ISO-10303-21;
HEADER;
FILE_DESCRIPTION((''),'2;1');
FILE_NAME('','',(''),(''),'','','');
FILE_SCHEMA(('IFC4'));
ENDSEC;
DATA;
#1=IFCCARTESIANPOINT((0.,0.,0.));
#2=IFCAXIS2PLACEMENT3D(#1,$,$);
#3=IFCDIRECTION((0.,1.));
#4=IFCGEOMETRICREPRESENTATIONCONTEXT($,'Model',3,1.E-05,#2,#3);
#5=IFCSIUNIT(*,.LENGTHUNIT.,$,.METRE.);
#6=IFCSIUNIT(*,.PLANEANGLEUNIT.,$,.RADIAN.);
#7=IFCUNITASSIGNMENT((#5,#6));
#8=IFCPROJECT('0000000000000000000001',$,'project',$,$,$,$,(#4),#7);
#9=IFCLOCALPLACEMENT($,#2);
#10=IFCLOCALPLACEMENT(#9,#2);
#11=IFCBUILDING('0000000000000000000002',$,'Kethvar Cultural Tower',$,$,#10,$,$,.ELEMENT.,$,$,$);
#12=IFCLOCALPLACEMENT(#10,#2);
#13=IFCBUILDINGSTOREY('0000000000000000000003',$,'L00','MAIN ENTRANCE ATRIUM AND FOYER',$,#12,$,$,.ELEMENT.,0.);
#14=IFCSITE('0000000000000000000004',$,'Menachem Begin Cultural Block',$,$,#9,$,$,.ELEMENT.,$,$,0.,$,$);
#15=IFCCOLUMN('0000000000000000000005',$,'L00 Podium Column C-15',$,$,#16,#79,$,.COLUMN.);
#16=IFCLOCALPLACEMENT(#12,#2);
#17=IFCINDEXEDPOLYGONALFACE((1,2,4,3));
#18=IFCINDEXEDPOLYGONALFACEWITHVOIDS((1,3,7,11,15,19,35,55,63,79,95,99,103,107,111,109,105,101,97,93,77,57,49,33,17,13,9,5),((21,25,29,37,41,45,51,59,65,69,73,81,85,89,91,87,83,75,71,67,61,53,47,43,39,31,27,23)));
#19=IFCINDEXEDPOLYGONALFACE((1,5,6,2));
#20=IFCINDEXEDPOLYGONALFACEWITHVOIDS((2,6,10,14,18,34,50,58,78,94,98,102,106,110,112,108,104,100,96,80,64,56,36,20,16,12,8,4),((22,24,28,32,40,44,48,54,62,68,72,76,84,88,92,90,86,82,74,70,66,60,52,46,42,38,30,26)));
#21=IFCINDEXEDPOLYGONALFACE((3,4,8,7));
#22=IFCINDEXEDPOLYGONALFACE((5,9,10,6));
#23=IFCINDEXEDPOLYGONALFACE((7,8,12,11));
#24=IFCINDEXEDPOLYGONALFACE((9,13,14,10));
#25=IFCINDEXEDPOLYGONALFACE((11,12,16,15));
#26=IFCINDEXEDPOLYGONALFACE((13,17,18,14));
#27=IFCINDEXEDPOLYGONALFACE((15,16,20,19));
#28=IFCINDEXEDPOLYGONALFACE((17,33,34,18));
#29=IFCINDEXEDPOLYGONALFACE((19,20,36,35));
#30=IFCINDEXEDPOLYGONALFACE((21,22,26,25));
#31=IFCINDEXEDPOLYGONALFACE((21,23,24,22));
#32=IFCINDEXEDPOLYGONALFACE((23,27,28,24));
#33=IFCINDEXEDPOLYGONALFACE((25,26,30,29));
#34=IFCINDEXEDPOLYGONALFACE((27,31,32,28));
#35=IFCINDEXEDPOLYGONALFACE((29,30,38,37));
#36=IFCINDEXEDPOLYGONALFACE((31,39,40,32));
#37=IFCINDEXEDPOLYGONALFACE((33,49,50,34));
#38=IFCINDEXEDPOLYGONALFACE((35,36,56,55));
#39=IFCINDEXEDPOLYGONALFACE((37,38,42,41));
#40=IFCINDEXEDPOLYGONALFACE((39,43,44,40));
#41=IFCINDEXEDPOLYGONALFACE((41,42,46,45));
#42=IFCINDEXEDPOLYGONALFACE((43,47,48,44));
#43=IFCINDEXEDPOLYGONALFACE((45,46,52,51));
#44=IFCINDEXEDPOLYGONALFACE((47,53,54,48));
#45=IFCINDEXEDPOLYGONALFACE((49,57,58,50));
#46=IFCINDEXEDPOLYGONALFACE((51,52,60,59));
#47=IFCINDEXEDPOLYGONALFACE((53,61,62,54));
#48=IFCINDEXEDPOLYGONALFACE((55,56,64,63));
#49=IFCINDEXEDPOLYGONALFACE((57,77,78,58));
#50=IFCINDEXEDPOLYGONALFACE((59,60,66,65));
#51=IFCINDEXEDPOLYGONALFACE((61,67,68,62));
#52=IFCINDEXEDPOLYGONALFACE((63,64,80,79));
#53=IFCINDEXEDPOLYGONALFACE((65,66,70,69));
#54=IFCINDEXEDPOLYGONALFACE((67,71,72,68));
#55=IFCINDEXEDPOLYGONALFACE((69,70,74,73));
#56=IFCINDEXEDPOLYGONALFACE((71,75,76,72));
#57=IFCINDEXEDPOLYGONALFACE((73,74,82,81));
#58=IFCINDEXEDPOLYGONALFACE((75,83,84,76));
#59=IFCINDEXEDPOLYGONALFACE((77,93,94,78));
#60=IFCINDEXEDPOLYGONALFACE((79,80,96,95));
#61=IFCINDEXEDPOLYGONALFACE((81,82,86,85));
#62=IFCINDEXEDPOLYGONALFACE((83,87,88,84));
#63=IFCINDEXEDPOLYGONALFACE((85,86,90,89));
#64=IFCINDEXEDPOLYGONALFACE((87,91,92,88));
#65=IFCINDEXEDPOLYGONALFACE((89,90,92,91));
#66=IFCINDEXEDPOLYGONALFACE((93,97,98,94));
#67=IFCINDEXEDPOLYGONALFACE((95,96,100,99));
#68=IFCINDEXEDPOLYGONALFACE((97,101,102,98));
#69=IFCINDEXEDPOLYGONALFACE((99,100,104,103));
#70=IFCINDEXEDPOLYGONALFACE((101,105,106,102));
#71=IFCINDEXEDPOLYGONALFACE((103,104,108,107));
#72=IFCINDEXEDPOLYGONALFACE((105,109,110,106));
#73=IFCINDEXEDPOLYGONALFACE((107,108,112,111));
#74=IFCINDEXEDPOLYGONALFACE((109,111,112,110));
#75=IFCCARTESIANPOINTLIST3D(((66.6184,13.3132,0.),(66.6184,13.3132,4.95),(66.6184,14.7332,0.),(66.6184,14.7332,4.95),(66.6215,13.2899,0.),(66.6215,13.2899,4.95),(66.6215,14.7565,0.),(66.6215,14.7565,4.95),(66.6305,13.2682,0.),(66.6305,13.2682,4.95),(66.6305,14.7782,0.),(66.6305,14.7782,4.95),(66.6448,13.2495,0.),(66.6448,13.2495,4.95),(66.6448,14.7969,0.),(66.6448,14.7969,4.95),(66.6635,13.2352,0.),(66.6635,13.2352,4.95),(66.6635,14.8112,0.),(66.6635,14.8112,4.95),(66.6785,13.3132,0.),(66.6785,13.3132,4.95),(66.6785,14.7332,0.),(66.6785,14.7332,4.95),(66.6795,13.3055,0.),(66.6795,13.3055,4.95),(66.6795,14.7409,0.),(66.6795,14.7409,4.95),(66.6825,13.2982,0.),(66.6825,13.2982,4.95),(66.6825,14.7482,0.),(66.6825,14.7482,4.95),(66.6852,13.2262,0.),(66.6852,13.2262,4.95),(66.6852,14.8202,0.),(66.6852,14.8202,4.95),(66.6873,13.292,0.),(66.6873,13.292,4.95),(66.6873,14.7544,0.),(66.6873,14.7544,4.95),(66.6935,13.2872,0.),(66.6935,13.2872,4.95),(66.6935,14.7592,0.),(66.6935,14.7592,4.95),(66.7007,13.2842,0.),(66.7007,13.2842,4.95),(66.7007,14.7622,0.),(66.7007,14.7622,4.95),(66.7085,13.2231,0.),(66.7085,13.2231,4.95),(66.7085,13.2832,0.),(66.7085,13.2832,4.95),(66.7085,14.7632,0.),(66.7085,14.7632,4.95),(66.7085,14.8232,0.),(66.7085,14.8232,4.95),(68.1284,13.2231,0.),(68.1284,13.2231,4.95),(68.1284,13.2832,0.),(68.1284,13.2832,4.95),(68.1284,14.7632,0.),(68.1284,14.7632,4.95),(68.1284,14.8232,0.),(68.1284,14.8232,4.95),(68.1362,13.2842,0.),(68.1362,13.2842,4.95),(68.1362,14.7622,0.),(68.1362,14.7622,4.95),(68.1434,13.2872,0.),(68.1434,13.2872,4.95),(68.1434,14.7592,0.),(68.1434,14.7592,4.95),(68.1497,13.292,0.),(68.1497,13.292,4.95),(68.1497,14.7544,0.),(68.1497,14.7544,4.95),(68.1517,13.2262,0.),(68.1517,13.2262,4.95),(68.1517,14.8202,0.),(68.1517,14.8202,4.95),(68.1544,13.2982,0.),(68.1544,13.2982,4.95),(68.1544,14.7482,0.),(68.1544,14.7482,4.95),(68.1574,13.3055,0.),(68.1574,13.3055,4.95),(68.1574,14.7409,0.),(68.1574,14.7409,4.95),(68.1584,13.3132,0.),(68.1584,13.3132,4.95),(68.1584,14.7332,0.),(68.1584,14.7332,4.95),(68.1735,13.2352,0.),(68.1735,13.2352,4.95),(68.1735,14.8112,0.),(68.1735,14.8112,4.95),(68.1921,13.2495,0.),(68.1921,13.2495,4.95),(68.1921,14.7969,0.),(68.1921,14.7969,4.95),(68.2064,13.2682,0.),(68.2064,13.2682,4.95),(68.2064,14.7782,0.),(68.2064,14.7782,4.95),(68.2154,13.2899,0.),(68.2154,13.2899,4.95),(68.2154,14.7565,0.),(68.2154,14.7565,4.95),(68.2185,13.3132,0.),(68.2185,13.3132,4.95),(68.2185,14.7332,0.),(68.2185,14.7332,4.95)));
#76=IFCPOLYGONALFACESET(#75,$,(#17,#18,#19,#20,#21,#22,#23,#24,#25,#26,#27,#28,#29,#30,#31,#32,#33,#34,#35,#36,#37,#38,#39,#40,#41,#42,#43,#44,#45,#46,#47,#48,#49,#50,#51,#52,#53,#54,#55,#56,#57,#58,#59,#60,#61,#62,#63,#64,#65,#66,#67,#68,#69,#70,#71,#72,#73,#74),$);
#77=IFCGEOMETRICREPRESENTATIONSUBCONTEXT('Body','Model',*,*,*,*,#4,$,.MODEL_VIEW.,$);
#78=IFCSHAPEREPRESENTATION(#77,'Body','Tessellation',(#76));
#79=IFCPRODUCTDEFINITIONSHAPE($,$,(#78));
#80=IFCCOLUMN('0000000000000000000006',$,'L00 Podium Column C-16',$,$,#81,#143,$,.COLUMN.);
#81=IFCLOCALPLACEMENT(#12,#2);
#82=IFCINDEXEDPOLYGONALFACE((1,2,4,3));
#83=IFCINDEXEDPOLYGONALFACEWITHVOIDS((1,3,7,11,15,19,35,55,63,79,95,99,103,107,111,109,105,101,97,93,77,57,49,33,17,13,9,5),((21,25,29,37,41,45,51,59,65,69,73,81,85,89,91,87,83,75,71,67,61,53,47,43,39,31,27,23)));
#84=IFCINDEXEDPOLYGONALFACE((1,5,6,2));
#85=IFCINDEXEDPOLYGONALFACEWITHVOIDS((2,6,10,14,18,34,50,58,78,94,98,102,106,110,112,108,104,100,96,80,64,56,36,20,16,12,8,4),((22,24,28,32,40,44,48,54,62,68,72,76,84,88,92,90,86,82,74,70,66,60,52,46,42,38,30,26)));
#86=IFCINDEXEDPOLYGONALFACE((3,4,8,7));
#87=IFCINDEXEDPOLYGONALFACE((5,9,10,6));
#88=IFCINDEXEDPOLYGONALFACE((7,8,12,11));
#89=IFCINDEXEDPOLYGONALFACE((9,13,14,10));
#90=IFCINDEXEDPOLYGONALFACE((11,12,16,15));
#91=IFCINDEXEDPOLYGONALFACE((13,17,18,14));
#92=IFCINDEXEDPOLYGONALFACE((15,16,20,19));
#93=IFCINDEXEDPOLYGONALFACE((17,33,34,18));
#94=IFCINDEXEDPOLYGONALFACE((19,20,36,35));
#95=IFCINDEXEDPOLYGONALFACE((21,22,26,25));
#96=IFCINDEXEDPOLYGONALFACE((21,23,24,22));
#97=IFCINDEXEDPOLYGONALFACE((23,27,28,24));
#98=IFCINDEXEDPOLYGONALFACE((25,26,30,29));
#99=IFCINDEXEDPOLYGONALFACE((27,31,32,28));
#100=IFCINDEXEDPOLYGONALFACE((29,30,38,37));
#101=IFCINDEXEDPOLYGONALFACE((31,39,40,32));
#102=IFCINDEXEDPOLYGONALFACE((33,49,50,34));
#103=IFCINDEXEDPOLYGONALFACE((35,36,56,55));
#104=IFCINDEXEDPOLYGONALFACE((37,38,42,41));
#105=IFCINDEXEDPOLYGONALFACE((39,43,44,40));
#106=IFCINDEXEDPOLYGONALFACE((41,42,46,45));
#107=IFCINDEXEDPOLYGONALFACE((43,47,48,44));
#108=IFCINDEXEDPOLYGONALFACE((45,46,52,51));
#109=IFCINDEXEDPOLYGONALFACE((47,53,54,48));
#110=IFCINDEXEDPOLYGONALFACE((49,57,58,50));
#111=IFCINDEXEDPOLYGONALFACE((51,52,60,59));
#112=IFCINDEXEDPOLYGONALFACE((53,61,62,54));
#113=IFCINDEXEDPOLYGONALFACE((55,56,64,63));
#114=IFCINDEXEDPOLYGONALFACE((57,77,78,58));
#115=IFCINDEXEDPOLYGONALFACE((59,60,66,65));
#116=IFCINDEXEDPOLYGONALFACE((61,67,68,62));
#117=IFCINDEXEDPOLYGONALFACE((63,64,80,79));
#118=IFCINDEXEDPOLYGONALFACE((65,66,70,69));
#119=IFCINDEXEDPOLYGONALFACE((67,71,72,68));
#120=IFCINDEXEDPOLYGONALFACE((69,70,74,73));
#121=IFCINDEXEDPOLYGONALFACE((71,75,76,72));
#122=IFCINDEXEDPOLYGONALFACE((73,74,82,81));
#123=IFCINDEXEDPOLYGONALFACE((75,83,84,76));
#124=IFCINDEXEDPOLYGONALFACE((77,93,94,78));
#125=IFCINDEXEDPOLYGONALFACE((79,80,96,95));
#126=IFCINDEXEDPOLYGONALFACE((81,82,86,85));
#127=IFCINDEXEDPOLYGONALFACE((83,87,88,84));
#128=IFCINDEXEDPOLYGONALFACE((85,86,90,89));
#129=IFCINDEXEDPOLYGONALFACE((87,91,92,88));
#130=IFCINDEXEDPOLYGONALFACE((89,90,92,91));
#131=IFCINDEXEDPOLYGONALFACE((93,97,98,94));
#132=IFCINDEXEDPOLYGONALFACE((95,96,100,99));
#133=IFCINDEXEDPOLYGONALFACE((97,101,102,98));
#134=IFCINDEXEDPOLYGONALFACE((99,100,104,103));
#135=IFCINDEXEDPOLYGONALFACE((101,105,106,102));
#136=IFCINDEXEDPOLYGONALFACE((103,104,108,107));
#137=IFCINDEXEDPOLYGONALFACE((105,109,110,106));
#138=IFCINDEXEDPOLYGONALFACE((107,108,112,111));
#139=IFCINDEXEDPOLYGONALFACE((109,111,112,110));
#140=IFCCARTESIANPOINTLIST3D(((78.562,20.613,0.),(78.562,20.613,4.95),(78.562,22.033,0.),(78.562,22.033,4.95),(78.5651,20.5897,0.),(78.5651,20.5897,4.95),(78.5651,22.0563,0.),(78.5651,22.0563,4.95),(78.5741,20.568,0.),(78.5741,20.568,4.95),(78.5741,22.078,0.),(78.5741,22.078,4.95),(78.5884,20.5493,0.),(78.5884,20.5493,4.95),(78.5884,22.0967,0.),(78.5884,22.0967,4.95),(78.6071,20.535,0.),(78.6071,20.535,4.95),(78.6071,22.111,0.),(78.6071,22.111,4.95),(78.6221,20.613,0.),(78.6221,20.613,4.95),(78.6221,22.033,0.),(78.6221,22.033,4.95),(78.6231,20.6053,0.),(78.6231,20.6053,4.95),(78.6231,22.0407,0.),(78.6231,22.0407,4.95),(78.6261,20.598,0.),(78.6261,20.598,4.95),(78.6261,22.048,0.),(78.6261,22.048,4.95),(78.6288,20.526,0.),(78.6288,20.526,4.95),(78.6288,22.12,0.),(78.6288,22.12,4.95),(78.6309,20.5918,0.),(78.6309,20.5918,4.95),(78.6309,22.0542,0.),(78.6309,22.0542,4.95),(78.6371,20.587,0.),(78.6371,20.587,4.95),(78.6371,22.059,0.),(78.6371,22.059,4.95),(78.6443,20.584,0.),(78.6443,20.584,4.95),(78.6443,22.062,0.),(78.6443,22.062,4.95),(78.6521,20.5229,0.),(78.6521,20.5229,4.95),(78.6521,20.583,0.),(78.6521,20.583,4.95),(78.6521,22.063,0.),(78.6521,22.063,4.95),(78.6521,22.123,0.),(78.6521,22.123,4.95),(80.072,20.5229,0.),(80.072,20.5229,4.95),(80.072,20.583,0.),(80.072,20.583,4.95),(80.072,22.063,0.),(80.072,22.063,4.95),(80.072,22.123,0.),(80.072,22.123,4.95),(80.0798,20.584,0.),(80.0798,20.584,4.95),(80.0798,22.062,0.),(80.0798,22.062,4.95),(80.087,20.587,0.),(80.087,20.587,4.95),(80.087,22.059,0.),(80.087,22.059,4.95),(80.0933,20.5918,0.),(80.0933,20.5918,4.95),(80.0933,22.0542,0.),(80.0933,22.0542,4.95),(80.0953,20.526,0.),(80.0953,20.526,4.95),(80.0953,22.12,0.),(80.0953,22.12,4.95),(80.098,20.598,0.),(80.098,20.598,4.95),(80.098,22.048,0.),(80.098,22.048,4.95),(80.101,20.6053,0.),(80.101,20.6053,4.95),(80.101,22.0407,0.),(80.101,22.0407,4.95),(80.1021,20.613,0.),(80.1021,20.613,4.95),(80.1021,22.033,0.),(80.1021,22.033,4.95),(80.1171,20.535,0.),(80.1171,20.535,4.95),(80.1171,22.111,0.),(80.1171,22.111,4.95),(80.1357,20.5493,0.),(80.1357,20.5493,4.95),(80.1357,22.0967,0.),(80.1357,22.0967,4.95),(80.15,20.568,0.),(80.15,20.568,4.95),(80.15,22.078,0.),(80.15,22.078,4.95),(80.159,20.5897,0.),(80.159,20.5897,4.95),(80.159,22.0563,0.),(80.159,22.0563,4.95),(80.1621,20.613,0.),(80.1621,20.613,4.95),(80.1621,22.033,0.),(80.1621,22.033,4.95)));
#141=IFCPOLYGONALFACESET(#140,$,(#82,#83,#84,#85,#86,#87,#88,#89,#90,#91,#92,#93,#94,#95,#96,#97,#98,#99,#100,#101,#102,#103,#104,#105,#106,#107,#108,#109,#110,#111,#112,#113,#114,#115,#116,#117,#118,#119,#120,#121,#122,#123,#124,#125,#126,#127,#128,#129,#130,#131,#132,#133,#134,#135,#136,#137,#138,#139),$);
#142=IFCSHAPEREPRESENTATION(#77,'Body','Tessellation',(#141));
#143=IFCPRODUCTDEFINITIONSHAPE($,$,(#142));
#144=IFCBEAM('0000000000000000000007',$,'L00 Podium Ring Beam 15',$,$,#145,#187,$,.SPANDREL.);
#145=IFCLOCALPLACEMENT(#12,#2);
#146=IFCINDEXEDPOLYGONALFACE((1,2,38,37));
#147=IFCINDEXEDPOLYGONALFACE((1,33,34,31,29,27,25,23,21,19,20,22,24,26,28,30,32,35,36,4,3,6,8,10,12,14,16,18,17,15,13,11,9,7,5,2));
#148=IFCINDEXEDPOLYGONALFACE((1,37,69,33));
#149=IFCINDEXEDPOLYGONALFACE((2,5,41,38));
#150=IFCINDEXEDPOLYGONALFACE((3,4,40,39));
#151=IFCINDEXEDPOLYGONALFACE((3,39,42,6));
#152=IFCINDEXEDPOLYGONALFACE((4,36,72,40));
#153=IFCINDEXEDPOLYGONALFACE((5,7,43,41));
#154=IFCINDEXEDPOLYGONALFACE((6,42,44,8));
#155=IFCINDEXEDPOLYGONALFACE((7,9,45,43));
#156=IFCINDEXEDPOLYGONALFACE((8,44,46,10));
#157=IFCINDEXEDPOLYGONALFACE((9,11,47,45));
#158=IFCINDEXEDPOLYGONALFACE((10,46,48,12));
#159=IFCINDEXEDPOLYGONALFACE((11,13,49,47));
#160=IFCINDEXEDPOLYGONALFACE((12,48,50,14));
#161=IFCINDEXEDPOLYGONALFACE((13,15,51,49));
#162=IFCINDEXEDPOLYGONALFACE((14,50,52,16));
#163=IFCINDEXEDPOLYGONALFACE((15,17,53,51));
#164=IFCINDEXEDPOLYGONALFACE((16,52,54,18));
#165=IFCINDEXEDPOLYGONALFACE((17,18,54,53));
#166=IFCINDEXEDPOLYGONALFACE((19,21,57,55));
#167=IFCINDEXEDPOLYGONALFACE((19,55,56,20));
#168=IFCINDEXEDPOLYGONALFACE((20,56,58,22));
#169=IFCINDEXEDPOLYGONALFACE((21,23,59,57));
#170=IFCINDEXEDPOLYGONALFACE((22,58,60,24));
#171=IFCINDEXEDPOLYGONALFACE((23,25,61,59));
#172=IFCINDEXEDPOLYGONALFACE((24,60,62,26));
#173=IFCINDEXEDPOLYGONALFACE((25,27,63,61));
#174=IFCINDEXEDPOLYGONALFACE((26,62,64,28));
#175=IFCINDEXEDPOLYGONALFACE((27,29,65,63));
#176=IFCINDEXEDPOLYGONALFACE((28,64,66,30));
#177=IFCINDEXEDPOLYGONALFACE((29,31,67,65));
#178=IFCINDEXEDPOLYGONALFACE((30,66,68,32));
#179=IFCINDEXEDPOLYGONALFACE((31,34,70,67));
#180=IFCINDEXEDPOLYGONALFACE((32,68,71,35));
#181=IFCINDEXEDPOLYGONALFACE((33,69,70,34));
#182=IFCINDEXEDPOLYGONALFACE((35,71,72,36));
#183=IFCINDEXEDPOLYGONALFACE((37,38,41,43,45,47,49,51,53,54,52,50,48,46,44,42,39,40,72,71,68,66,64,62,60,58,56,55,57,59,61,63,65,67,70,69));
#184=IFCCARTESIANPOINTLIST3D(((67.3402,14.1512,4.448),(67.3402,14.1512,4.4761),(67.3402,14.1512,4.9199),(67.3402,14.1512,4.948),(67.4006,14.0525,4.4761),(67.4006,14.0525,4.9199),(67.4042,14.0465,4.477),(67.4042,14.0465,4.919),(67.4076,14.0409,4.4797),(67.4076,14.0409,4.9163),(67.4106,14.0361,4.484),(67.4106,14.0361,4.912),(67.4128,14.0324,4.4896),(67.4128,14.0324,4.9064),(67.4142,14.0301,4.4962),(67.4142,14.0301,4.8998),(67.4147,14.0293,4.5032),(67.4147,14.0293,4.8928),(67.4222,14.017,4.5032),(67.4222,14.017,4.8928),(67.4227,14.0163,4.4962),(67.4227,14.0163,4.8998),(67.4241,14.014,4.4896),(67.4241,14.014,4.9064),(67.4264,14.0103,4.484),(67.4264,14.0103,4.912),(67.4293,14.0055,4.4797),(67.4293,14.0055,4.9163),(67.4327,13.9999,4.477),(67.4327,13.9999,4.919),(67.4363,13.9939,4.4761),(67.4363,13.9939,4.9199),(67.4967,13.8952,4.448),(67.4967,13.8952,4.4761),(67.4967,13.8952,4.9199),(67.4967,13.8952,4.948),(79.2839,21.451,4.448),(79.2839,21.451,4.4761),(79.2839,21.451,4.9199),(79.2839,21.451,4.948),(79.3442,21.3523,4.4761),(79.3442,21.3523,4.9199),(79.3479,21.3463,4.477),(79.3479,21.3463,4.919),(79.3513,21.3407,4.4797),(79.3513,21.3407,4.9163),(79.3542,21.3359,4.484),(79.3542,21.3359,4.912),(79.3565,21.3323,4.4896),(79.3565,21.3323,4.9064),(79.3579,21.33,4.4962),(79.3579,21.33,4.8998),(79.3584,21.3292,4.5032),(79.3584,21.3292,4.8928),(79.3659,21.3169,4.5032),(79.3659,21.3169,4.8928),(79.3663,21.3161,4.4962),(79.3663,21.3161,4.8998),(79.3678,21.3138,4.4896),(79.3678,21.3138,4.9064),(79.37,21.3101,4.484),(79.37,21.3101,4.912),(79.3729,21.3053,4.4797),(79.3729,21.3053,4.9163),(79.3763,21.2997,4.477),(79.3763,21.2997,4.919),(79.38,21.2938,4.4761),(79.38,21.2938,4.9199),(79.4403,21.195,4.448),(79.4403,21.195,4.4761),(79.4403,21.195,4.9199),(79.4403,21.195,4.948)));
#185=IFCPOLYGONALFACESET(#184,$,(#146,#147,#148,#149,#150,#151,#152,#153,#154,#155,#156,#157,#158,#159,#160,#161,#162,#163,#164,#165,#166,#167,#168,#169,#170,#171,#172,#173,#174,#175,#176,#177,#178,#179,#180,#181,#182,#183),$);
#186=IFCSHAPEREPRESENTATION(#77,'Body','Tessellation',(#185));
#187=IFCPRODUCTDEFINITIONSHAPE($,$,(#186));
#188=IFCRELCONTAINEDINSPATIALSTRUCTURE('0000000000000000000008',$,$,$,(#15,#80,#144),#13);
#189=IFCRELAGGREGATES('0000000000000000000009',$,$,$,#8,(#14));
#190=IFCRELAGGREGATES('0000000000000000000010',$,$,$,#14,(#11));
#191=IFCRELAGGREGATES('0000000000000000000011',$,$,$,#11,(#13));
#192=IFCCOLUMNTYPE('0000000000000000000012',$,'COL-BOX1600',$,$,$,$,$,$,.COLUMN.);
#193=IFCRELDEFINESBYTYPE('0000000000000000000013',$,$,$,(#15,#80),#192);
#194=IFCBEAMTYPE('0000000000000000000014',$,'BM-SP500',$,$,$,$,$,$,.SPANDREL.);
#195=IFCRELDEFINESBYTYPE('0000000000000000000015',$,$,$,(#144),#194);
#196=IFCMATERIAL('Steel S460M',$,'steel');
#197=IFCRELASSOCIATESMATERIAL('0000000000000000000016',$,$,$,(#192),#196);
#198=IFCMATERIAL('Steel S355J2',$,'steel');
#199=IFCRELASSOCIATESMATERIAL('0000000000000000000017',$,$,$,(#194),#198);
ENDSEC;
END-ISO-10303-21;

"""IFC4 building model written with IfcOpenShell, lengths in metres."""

from ifc_helpers import new_model, si_unit, direction, frame, origin, origin_2d, place, context, subcontext, project, spatial, hollow_rectangle, i_section, extrude, source, transform, mapped, material, material_profile, profile_set, type_object, element, save


model = new_model("IFC4")

# Units and contexts
model_context = context("Model", 3, precision=1e-05, world=origin(), true_north=direction((0.0, 1.0)))
body_context = subcontext(model_context, "Body", "Model", "MODEL_VIEW")
ifc_project = project(units=[si_unit("LENGTHUNIT", "METRE"), si_unit("PLANEANGLEUNIT", "RADIAN")], contexts=[model_context])

# Site, building, storey
site_placement = place(None, origin())
site = spatial("IfcSite", under=ifc_project, at=site_placement, Name="Menachem Begin Cultural Block", CompositionType="ELEMENT", RefElevation=0.0)
building_placement = place(site_placement, origin())
building = spatial("IfcBuilding", under=site, at=building_placement, Name="Kethvar Cultural Tower", CompositionType="ELEMENT")
storey_placement = place(building_placement, origin())
storey = spatial("IfcBuildingStorey", under=building, at=storey_placement, Name="L00", Description="MAIN ENTRANCE ATRIUM AND FOYER", CompositionType="ELEMENT", Elevation=0.0)

# Columns
ifc_material_1 = material(Name="Steel S460M", Category="steel")
ifc_material_profile_1 = material_profile(ifc_material_1, hollow_rectangle(XDim=1.6001, YDim=1.6001, WallThickness=0.0601, InnerFilletRadius=0.03, OuterFilletRadius=0.0901, at=origin_2d()), Name="Steel S460M — BOX1600x1600x60")
ifc_profile_set_1 = profile_set([ifc_material_profile_1], Name="Steel S460M — BOX1600x1600x60")
column_type = type_object("IfcColumnType", Name="COL-BOX1600", PredefinedType="COLUMN", material=ifc_profile_set_1)
shared_shape_1 = source(origin(), body_context, "Body", "SweptSolid", [
    extrude(hollow_rectangle(XDim=1.6001, YDim=1.6001, WallThickness=0.0601, InnerFilletRadius=0.03, OuterFilletRadius=0.0901, at=origin_2d()), origin(), (0.0, 0.0, 1.0), 4.95),
])
for number, where, z_axis, x_axis, name in (
    (1, (67.4185, 14.0232, 0.0), (0.0, 0.0, 1.0), (1.0, 0.0, 0.0), "L00 Podium Column C-15"),
    (2, (79.3621, 21.323, 0.0), (0.0, 0.0, 1.0), (1.0, 0.0, 0.0), "L00 Podium Column C-16"),
):
    element("IfcColumn", number, at=place(storey_placement, frame(where, z_axis=z_axis, x_axis=x_axis)), inside=storey, type_object=column_type, Name=name, PredefinedType="COLUMN", context=body_context, shape_type="MappedRepresentation", body=[
        mapped(shared_shape_1, transform((0.0, 0.0, 0.0), scale=1.0)),
    ])

# Beam
ifc_material_2 = material(Name="Steel S355J2", Category="steel")
ifc_material_profile_2 = material_profile(ifc_material_2, i_section(OverallWidth=0.3, OverallDepth=0.5, WebThickness=0.0144, FlangeThickness=0.0281, FilletRadius=0.0271, at=origin_2d()), Name="Steel S355J2 — HEB500")
ifc_profile_set_2 = profile_set([ifc_material_profile_2], Name="Steel S355J2 — HEB500")
beam_type = type_object("IfcBeamType", Name="BM-SP500", PredefinedType="SPANDREL", material=ifc_profile_set_2)
shared_shape_2 = source(origin(), body_context, "Body", "SweptSolid", [
    extrude(i_section(OverallWidth=0.3, OverallDepth=0.5, WebThickness=0.0144, FlangeThickness=0.0281, FilletRadius=0.0271, at=origin_2d()), origin(), (0.0, 0.0, 1.0), 13.9978),
])
beam_1_placement = place(storey_placement, frame((67.4185, 14.0232, 4.698), z_axis=(0.853252, 0.521499, 0.0), x_axis=(-0.521499, 0.853252, 0.0)))
element("IfcBeam", 3, at=beam_1_placement, inside=storey, type_object=beam_type, Name="L00 Podium Ring Beam 15", PredefinedType="SPANDREL", context=body_context, shape_type="MappedRepresentation", body=[
    mapped(shared_shape_2, transform((0.0, 0.0, 0.0), scale=1.0)),
])

save(model, "model.ifc")
